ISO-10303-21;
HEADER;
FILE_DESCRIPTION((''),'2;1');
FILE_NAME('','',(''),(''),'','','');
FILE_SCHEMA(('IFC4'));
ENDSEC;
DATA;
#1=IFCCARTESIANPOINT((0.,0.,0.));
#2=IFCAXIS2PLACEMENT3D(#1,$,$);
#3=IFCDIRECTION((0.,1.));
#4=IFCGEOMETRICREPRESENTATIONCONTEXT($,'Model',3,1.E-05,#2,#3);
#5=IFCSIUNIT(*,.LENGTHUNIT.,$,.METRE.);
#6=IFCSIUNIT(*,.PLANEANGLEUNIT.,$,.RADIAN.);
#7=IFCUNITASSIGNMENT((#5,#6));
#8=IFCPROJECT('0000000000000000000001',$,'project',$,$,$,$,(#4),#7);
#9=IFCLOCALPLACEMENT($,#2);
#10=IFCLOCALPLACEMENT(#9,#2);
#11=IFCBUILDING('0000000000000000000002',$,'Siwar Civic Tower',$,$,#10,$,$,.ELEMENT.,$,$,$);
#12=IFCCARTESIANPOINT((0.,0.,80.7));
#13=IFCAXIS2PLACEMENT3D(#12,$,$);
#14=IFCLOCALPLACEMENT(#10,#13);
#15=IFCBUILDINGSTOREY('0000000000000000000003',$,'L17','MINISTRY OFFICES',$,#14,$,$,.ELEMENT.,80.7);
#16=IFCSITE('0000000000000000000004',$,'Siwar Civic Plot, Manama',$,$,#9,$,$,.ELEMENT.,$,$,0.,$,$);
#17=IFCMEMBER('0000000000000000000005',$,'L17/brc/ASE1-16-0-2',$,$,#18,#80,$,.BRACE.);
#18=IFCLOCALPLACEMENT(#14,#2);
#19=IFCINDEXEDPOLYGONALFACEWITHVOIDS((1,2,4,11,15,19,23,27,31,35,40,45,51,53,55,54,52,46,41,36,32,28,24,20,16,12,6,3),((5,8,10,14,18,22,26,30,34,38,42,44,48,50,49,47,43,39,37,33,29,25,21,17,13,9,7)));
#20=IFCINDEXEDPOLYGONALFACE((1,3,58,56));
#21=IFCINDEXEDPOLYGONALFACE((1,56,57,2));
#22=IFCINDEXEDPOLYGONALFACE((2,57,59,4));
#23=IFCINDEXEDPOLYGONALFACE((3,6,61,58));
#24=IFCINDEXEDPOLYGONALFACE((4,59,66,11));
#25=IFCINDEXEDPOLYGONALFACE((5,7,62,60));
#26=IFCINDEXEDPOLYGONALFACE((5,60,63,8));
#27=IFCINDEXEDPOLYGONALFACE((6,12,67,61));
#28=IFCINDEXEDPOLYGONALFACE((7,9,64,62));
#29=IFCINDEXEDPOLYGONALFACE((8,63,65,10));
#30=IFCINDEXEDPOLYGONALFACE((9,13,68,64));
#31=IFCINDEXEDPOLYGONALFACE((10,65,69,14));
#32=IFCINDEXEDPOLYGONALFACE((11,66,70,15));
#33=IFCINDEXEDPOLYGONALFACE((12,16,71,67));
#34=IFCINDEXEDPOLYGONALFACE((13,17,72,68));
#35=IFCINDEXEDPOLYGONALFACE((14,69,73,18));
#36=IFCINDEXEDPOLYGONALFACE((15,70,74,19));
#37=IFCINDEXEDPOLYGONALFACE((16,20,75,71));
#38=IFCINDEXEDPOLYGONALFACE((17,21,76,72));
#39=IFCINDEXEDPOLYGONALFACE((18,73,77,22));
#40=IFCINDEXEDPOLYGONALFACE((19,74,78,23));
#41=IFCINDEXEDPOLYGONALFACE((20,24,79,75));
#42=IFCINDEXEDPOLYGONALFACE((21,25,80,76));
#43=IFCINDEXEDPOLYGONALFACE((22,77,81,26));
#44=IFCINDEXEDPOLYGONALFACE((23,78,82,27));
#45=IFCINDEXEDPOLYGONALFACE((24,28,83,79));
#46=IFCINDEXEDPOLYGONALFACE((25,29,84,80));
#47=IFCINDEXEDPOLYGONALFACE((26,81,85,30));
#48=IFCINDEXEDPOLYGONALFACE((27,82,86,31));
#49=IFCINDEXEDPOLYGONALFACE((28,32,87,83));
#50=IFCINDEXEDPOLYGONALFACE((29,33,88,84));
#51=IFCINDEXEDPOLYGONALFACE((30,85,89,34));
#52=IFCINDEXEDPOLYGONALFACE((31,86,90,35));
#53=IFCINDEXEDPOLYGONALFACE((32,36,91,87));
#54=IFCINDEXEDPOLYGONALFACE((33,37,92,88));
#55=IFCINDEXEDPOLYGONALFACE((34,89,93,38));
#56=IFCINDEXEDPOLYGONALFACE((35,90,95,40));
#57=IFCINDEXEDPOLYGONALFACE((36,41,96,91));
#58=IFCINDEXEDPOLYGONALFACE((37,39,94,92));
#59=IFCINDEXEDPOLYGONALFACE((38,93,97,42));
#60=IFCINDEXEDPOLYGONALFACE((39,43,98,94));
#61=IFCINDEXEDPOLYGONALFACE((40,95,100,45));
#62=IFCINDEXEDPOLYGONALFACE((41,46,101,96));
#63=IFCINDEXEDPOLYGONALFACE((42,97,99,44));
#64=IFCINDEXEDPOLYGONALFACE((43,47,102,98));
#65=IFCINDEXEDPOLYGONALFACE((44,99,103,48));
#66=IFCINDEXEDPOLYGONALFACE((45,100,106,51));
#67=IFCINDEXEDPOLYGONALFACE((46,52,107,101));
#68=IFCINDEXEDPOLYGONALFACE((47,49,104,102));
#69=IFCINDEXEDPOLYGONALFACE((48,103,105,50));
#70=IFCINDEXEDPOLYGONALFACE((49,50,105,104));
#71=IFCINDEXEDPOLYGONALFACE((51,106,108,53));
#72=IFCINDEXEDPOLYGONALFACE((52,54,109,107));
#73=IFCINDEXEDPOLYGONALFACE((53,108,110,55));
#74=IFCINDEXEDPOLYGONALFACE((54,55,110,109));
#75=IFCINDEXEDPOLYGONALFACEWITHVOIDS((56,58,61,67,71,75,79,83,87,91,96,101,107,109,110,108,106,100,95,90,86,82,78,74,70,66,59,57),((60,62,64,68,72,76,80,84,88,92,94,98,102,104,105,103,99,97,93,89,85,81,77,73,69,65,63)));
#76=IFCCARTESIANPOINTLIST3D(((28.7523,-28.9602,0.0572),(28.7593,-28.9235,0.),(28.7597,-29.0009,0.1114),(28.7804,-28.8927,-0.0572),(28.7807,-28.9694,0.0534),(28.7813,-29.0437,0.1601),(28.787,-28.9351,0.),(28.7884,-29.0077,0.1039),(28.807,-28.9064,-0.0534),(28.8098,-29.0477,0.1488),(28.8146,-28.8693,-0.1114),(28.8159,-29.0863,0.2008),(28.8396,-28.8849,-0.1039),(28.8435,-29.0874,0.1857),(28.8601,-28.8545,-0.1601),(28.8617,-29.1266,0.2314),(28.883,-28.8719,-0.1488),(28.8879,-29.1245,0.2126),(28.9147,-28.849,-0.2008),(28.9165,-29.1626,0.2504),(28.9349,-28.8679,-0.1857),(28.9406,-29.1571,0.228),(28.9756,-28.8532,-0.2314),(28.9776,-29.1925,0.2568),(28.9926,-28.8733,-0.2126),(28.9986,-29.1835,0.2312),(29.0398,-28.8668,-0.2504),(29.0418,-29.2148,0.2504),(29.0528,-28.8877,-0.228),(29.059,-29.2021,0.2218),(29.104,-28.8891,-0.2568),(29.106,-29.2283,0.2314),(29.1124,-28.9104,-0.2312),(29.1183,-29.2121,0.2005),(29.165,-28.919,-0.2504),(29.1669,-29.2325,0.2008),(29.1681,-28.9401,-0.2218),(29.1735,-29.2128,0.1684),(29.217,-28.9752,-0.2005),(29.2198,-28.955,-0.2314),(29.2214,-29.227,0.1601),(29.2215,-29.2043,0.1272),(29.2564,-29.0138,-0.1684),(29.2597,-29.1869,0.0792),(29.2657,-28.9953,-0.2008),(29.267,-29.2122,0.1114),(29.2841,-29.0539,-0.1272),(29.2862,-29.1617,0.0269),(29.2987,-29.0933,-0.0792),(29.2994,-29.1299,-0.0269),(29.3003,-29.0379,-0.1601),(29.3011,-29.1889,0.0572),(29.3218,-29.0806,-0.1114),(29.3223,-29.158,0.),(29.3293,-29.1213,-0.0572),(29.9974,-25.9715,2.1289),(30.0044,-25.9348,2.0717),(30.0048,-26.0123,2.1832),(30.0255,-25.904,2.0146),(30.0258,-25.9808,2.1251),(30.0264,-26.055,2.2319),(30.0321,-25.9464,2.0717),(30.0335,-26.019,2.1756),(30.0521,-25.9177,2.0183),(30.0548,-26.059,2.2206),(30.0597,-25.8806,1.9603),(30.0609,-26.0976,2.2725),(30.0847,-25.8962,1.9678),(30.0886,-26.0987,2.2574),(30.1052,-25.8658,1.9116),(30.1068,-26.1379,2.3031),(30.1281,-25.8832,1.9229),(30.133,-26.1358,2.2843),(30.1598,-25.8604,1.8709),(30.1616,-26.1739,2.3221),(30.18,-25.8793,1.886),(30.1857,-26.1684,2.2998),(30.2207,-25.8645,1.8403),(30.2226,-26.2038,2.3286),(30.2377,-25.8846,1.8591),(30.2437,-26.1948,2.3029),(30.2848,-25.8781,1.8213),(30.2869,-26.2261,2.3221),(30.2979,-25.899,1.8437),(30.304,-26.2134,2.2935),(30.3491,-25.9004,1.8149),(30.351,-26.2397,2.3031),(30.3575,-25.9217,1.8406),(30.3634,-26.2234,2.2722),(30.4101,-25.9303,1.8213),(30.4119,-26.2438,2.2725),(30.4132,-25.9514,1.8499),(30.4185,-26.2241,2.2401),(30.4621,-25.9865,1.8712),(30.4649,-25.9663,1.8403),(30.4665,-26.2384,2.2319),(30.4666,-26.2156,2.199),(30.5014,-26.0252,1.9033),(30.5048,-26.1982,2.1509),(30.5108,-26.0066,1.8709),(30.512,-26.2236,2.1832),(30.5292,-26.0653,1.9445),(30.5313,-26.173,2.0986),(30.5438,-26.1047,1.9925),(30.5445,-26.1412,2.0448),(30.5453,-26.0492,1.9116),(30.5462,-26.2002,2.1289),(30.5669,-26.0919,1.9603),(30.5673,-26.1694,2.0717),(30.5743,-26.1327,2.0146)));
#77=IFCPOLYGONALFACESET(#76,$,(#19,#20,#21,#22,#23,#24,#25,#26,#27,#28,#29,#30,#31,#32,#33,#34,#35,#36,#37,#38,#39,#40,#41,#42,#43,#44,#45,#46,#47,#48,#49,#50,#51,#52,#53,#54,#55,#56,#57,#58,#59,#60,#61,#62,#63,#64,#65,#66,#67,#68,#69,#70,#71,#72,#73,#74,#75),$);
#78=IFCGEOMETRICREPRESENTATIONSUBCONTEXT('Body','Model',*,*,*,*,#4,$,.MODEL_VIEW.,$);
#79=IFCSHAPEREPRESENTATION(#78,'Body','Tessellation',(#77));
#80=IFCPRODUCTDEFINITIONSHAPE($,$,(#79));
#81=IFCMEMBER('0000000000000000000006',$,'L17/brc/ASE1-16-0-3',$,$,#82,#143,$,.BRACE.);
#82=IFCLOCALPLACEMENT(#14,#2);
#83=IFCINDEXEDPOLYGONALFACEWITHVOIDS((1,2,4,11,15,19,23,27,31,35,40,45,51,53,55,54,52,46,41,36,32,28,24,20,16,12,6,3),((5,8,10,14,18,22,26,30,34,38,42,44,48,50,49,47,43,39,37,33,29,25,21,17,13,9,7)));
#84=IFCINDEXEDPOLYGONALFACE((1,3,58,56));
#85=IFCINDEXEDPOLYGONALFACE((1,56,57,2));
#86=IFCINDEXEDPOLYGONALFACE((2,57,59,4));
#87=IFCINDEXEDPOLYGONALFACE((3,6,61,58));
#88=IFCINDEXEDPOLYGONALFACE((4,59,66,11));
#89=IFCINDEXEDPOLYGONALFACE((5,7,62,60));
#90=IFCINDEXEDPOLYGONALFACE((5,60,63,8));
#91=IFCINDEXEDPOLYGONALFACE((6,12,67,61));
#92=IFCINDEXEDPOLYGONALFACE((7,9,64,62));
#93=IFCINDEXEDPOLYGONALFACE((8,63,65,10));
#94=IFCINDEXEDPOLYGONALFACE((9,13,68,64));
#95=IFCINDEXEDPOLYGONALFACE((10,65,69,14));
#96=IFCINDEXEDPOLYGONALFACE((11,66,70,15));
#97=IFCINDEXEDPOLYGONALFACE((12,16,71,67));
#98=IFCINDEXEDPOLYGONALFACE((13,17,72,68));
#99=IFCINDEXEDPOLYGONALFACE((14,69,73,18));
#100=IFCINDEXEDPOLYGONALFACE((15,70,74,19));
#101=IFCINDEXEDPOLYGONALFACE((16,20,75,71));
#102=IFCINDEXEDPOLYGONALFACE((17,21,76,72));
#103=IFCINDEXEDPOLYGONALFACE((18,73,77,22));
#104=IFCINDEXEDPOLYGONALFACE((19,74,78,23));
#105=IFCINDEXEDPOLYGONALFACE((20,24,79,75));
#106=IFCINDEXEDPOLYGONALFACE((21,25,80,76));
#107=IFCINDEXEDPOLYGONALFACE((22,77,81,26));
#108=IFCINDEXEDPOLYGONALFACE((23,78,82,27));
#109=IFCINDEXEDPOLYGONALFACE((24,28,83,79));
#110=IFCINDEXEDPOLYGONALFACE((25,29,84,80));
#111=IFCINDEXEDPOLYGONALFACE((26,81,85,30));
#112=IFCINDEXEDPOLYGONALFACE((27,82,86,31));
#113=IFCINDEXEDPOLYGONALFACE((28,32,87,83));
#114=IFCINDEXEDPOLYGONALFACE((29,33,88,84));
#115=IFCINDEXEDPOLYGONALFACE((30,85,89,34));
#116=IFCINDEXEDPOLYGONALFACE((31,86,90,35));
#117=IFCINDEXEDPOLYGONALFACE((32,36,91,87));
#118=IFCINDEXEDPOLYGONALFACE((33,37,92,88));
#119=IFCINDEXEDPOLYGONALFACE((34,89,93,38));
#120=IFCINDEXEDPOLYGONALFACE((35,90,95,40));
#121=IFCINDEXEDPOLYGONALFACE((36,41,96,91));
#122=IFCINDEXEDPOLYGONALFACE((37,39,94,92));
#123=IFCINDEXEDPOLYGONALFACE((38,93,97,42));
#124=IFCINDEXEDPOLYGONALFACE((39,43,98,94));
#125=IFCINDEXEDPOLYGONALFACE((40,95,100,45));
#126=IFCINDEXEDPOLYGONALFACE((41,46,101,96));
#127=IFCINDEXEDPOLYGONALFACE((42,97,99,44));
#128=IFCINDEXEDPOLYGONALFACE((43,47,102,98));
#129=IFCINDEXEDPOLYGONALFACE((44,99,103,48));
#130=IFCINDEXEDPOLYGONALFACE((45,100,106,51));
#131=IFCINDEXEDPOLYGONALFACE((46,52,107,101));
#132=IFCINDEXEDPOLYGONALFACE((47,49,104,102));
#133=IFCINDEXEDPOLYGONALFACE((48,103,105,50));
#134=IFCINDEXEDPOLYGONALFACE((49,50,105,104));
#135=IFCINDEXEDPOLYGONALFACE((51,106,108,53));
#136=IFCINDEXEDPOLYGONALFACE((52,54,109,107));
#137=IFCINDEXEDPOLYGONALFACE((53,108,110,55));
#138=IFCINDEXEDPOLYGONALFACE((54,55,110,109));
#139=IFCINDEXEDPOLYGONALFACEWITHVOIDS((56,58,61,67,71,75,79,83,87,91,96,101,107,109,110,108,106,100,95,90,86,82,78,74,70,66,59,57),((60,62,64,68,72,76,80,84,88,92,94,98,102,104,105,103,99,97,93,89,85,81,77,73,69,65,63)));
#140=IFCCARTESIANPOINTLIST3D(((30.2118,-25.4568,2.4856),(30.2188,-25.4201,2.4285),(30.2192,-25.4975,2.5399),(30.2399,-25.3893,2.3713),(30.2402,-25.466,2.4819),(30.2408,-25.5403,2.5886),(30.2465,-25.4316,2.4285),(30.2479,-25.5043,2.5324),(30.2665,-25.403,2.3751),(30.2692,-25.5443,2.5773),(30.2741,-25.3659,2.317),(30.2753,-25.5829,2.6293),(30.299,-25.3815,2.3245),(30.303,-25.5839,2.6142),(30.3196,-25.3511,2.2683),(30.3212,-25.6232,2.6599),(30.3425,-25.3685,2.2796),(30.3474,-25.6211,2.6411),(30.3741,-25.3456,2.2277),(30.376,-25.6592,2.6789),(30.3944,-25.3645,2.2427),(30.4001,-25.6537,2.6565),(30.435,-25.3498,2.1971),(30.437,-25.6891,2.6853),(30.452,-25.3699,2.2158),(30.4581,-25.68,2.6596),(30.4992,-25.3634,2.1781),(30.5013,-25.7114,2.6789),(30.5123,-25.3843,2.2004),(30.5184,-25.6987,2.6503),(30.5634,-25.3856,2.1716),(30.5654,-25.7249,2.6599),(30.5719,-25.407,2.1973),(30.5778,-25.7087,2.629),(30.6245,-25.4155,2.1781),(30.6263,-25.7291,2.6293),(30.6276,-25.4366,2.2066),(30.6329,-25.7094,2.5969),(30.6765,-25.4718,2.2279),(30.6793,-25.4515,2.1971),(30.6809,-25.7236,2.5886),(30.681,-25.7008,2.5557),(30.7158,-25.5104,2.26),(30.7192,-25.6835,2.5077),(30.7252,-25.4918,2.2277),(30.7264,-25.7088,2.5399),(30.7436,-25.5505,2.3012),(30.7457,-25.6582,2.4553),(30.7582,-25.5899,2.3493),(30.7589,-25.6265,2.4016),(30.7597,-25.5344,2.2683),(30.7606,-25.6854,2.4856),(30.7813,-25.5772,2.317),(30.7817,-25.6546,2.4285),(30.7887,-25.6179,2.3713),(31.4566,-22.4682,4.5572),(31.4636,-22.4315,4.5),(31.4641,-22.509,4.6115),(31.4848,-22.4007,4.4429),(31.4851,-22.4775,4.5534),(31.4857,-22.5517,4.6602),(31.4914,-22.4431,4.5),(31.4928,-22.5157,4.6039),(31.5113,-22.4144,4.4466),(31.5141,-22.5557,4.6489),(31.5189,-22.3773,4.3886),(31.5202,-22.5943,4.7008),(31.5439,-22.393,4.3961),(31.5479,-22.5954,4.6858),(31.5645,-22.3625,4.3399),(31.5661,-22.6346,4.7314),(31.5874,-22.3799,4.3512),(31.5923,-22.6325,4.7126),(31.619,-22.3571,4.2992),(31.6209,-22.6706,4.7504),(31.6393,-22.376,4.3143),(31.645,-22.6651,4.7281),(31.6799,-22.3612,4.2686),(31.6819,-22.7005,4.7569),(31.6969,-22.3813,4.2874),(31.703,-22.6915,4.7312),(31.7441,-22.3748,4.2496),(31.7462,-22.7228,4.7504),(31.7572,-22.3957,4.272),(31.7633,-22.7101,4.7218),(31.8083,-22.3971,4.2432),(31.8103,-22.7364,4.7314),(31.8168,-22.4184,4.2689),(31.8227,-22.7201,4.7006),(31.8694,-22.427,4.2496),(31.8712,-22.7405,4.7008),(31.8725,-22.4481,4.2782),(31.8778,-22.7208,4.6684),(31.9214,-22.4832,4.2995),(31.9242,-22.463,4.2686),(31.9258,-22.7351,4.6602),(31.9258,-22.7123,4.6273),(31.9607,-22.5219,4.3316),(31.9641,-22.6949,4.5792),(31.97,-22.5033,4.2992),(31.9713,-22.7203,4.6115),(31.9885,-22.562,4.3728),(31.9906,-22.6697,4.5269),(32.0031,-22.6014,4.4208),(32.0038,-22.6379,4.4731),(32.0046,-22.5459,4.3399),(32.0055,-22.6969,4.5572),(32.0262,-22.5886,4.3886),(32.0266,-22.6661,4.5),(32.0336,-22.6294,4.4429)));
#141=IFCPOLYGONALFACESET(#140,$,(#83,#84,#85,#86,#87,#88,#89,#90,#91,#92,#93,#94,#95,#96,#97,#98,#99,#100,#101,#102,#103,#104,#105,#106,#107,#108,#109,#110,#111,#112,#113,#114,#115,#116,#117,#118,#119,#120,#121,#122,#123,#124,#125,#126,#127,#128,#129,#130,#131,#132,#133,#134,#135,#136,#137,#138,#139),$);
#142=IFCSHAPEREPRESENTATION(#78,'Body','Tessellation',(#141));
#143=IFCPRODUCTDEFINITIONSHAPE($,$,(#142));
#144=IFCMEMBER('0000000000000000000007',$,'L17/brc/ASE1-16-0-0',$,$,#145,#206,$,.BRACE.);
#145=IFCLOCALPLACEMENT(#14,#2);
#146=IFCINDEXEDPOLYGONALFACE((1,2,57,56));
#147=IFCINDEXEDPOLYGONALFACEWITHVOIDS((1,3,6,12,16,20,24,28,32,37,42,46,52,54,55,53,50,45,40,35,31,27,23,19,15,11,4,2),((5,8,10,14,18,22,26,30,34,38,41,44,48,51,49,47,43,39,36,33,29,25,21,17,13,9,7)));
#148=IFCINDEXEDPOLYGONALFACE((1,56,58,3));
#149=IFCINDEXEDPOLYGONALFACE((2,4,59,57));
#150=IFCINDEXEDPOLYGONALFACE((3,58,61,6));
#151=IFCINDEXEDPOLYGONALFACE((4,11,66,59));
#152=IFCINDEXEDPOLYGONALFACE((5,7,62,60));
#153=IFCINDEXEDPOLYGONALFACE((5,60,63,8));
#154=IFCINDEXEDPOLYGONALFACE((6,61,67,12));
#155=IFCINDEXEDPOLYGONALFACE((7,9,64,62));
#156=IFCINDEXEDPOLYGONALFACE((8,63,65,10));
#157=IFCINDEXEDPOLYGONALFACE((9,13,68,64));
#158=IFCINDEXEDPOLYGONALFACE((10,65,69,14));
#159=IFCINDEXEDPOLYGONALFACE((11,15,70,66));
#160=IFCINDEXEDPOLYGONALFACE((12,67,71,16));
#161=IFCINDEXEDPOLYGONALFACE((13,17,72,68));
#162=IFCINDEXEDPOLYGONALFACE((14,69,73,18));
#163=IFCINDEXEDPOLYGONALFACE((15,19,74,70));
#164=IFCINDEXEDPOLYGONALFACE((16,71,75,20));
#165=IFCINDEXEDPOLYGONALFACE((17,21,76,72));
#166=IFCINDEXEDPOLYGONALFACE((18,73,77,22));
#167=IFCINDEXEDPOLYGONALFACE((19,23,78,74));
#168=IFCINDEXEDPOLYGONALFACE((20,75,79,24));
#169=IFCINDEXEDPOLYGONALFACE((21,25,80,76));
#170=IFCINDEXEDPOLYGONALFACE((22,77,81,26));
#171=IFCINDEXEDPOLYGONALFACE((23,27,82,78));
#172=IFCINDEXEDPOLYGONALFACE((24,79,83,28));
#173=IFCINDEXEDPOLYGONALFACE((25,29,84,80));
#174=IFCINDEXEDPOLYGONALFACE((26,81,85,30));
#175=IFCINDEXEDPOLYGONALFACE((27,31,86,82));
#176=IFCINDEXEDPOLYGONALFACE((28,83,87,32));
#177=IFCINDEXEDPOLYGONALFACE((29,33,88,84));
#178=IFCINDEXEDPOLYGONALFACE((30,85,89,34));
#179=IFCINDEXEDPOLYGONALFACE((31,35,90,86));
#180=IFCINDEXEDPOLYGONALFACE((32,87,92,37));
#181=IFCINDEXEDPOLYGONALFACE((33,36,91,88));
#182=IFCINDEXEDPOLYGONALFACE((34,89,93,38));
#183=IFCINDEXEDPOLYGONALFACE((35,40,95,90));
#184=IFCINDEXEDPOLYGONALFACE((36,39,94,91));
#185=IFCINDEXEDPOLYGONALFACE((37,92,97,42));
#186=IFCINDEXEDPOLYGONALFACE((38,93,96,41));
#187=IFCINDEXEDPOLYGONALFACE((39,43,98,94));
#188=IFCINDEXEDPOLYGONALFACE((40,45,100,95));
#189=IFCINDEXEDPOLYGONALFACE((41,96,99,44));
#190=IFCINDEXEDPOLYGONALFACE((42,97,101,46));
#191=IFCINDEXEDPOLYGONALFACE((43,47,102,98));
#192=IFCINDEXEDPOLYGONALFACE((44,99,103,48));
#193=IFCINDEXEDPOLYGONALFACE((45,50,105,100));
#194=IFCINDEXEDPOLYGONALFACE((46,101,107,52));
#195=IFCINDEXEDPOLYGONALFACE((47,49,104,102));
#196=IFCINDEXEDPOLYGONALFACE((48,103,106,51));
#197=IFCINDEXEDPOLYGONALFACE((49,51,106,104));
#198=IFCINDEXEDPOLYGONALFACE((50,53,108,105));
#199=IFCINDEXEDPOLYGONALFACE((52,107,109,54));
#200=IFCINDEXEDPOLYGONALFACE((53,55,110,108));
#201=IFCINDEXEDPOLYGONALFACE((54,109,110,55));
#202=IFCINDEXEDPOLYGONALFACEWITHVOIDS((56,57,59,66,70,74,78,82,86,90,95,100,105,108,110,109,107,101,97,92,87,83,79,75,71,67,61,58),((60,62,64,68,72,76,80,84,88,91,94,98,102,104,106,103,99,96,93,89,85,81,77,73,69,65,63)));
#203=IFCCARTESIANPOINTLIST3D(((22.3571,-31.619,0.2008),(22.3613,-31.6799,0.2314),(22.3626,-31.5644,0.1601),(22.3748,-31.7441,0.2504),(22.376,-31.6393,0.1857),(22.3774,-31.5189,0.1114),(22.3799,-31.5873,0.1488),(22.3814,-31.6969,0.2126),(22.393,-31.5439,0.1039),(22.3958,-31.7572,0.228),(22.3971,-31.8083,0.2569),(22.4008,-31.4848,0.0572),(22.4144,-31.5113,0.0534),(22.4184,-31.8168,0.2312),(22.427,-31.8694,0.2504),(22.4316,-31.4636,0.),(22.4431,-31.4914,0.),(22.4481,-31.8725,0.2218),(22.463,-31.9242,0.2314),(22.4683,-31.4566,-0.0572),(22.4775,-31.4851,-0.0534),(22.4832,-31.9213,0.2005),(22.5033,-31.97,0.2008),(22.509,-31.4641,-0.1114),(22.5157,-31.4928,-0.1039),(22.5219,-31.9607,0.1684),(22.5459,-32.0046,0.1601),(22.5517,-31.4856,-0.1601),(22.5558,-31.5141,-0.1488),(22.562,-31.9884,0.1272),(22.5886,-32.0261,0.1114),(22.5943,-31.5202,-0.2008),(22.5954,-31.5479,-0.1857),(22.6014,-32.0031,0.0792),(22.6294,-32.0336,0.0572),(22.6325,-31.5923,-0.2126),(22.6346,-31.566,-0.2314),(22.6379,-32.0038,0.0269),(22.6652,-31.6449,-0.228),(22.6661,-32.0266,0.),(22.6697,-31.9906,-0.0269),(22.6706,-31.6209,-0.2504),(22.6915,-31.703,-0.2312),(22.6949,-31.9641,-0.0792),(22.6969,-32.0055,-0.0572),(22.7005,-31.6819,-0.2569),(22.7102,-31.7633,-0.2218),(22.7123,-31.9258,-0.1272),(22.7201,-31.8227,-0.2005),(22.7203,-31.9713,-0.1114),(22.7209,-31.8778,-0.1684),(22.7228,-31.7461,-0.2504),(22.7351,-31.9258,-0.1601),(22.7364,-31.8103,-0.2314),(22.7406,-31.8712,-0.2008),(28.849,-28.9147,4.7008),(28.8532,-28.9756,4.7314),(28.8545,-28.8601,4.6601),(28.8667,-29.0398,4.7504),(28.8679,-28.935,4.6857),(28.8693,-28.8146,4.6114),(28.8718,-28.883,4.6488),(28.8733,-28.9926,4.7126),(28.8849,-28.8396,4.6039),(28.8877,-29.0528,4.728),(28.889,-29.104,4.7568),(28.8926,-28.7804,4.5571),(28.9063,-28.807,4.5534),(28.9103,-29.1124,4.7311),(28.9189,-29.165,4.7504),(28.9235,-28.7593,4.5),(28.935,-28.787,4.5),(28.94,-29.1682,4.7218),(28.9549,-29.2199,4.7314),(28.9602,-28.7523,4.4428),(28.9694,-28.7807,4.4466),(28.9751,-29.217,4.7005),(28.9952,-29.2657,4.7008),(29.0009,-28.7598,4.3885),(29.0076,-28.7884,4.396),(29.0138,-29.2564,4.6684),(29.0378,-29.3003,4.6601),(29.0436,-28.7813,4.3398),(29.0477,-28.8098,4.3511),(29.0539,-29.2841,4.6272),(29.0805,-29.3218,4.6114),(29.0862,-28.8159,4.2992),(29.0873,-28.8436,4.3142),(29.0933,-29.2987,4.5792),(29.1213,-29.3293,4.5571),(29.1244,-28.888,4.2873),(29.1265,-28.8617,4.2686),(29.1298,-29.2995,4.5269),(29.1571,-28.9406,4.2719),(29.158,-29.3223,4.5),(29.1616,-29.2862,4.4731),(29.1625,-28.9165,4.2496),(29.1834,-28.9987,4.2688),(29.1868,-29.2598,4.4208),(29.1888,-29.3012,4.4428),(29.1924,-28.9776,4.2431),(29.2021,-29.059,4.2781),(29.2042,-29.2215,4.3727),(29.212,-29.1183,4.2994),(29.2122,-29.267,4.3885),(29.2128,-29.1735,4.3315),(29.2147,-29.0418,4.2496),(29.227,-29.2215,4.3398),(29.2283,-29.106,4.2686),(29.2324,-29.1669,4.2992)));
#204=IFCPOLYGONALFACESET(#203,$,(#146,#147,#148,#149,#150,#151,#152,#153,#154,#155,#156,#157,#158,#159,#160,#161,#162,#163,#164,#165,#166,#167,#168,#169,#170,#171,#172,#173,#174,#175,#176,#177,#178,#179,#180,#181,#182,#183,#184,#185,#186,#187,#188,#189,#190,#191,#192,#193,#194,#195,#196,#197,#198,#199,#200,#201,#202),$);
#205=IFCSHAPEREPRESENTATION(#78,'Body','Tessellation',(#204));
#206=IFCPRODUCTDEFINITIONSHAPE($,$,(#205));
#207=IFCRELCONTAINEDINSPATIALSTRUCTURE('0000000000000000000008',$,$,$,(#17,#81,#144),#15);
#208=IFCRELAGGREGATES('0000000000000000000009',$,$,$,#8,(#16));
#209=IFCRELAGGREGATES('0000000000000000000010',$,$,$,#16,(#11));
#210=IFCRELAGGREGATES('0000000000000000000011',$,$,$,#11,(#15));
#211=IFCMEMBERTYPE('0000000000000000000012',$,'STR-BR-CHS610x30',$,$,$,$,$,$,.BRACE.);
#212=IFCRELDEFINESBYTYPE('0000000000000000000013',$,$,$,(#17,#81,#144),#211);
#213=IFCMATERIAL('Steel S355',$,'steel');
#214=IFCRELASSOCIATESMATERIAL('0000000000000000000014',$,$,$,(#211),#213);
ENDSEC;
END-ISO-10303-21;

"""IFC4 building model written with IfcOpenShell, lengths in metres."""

from ifc_helpers import new_model, si_unit, direction, frame, origin, origin_2d, place, context, subcontext, project, spatial, hollow_circle, extrude, material, material_profile, profile_set, type_object, element, save


model = new_model("IFC4")

# Units and contexts
model_context = context("Model", 3, precision=1e-05, world=origin(), true_north=direction((0.0, 1.0)))
body_context = subcontext(model_context, "Body", "Model", "MODEL_VIEW")
ifc_project = project(units=[si_unit("LENGTHUNIT", "METRE"), si_unit("PLANEANGLEUNIT", "RADIAN")], contexts=[model_context])

# Site, building, storey
site_placement = place(None, origin())
site = spatial("IfcSite", under=ifc_project, at=site_placement, Name="Siwar Civic Plot, Manama", CompositionType="ELEMENT", RefElevation=0.0)
building_placement = place(site_placement, origin())
building = spatial("IfcBuilding", under=site, at=building_placement, Name="Siwar Civic Tower", CompositionType="ELEMENT")
storey_placement = place(building_placement, frame((0.0, 0.0, 80.7)))
storey = spatial("IfcBuildingStorey", under=building, at=storey_placement, Name="L17", Description="MINISTRY OFFICES", CompositionType="ELEMENT", Elevation=80.7)

# Members
ifc_material_1 = material(Name="Steel S355", Category="steel")
ifc_material_profile_1 = material_profile(ifc_material_1, hollow_circle(Radius=0.3049, WallThickness=0.03, at=origin_2d()), Name="CHS610x30")
ifc_profile_set_1 = profile_set([ifc_material_profile_1], Name="Steel S355")
member_type_1 = type_object("IfcMemberType", Name="STR-BR-CHS610x30", PredefinedType="BRACE", material=ifc_profile_set_1)
member_1_placement = place(storey_placement, frame((29.0408, -29.0408, 0.0), z_axis=(0.323923, 0.777542, 0.538982), x_axis=(-0.923099, 0.384562, 0.0)))
element("IfcMember", 1, at=member_1_placement, inside=storey, type_object=member_type_1, Name="L17/brc/ASE1-16-0-2", PredefinedType="BRACE", context=body_context, shape_type="SweptSolid", body=[
    extrude(hollow_circle(Radius=0.3049, WallThickness=0.03, at=origin_2d()), origin(), (0.0, 0.0, 1.0), 3.8438),
])
member_2_placement = place(storey_placement, frame((30.5002, -25.5374, 2.4285), z_axis=(0.323893, 0.77756, 0.538975), x_axis=(-0.923115, 0.384524, 0.0)))
element("IfcMember", 2, at=member_2_placement, inside=storey, type_object=member_type_1, Name="L17/brc/ASE1-16-0-3", PredefinedType="BRACE", context=body_context, shape_type="SweptSolid", body=[
    extrude(hollow_circle(Radius=0.3049, WallThickness=0.03, at=origin_2d()), origin(), (0.0, 0.0, 1.0), 3.8435),
])
member_3_placement = place(storey_placement, frame((22.5488, -31.7451, 0.0), z_axis=(0.777555, 0.323906, 0.538975), x_axis=(-0.384539, 0.923109, 0.0)))
element("IfcMember", 3, at=member_3_placement, inside=storey, type_object=member_type_1, Name="L17/brc/ASE1-16-0-0", PredefinedType="BRACE", context=body_context, shape_type="SweptSolid", body=[
    extrude(hollow_circle(Radius=0.3049, WallThickness=0.03, at=origin_2d()), origin(), (0.0, 0.0, 1.0), 8.3491),
])

save(model, "model.ifc")
